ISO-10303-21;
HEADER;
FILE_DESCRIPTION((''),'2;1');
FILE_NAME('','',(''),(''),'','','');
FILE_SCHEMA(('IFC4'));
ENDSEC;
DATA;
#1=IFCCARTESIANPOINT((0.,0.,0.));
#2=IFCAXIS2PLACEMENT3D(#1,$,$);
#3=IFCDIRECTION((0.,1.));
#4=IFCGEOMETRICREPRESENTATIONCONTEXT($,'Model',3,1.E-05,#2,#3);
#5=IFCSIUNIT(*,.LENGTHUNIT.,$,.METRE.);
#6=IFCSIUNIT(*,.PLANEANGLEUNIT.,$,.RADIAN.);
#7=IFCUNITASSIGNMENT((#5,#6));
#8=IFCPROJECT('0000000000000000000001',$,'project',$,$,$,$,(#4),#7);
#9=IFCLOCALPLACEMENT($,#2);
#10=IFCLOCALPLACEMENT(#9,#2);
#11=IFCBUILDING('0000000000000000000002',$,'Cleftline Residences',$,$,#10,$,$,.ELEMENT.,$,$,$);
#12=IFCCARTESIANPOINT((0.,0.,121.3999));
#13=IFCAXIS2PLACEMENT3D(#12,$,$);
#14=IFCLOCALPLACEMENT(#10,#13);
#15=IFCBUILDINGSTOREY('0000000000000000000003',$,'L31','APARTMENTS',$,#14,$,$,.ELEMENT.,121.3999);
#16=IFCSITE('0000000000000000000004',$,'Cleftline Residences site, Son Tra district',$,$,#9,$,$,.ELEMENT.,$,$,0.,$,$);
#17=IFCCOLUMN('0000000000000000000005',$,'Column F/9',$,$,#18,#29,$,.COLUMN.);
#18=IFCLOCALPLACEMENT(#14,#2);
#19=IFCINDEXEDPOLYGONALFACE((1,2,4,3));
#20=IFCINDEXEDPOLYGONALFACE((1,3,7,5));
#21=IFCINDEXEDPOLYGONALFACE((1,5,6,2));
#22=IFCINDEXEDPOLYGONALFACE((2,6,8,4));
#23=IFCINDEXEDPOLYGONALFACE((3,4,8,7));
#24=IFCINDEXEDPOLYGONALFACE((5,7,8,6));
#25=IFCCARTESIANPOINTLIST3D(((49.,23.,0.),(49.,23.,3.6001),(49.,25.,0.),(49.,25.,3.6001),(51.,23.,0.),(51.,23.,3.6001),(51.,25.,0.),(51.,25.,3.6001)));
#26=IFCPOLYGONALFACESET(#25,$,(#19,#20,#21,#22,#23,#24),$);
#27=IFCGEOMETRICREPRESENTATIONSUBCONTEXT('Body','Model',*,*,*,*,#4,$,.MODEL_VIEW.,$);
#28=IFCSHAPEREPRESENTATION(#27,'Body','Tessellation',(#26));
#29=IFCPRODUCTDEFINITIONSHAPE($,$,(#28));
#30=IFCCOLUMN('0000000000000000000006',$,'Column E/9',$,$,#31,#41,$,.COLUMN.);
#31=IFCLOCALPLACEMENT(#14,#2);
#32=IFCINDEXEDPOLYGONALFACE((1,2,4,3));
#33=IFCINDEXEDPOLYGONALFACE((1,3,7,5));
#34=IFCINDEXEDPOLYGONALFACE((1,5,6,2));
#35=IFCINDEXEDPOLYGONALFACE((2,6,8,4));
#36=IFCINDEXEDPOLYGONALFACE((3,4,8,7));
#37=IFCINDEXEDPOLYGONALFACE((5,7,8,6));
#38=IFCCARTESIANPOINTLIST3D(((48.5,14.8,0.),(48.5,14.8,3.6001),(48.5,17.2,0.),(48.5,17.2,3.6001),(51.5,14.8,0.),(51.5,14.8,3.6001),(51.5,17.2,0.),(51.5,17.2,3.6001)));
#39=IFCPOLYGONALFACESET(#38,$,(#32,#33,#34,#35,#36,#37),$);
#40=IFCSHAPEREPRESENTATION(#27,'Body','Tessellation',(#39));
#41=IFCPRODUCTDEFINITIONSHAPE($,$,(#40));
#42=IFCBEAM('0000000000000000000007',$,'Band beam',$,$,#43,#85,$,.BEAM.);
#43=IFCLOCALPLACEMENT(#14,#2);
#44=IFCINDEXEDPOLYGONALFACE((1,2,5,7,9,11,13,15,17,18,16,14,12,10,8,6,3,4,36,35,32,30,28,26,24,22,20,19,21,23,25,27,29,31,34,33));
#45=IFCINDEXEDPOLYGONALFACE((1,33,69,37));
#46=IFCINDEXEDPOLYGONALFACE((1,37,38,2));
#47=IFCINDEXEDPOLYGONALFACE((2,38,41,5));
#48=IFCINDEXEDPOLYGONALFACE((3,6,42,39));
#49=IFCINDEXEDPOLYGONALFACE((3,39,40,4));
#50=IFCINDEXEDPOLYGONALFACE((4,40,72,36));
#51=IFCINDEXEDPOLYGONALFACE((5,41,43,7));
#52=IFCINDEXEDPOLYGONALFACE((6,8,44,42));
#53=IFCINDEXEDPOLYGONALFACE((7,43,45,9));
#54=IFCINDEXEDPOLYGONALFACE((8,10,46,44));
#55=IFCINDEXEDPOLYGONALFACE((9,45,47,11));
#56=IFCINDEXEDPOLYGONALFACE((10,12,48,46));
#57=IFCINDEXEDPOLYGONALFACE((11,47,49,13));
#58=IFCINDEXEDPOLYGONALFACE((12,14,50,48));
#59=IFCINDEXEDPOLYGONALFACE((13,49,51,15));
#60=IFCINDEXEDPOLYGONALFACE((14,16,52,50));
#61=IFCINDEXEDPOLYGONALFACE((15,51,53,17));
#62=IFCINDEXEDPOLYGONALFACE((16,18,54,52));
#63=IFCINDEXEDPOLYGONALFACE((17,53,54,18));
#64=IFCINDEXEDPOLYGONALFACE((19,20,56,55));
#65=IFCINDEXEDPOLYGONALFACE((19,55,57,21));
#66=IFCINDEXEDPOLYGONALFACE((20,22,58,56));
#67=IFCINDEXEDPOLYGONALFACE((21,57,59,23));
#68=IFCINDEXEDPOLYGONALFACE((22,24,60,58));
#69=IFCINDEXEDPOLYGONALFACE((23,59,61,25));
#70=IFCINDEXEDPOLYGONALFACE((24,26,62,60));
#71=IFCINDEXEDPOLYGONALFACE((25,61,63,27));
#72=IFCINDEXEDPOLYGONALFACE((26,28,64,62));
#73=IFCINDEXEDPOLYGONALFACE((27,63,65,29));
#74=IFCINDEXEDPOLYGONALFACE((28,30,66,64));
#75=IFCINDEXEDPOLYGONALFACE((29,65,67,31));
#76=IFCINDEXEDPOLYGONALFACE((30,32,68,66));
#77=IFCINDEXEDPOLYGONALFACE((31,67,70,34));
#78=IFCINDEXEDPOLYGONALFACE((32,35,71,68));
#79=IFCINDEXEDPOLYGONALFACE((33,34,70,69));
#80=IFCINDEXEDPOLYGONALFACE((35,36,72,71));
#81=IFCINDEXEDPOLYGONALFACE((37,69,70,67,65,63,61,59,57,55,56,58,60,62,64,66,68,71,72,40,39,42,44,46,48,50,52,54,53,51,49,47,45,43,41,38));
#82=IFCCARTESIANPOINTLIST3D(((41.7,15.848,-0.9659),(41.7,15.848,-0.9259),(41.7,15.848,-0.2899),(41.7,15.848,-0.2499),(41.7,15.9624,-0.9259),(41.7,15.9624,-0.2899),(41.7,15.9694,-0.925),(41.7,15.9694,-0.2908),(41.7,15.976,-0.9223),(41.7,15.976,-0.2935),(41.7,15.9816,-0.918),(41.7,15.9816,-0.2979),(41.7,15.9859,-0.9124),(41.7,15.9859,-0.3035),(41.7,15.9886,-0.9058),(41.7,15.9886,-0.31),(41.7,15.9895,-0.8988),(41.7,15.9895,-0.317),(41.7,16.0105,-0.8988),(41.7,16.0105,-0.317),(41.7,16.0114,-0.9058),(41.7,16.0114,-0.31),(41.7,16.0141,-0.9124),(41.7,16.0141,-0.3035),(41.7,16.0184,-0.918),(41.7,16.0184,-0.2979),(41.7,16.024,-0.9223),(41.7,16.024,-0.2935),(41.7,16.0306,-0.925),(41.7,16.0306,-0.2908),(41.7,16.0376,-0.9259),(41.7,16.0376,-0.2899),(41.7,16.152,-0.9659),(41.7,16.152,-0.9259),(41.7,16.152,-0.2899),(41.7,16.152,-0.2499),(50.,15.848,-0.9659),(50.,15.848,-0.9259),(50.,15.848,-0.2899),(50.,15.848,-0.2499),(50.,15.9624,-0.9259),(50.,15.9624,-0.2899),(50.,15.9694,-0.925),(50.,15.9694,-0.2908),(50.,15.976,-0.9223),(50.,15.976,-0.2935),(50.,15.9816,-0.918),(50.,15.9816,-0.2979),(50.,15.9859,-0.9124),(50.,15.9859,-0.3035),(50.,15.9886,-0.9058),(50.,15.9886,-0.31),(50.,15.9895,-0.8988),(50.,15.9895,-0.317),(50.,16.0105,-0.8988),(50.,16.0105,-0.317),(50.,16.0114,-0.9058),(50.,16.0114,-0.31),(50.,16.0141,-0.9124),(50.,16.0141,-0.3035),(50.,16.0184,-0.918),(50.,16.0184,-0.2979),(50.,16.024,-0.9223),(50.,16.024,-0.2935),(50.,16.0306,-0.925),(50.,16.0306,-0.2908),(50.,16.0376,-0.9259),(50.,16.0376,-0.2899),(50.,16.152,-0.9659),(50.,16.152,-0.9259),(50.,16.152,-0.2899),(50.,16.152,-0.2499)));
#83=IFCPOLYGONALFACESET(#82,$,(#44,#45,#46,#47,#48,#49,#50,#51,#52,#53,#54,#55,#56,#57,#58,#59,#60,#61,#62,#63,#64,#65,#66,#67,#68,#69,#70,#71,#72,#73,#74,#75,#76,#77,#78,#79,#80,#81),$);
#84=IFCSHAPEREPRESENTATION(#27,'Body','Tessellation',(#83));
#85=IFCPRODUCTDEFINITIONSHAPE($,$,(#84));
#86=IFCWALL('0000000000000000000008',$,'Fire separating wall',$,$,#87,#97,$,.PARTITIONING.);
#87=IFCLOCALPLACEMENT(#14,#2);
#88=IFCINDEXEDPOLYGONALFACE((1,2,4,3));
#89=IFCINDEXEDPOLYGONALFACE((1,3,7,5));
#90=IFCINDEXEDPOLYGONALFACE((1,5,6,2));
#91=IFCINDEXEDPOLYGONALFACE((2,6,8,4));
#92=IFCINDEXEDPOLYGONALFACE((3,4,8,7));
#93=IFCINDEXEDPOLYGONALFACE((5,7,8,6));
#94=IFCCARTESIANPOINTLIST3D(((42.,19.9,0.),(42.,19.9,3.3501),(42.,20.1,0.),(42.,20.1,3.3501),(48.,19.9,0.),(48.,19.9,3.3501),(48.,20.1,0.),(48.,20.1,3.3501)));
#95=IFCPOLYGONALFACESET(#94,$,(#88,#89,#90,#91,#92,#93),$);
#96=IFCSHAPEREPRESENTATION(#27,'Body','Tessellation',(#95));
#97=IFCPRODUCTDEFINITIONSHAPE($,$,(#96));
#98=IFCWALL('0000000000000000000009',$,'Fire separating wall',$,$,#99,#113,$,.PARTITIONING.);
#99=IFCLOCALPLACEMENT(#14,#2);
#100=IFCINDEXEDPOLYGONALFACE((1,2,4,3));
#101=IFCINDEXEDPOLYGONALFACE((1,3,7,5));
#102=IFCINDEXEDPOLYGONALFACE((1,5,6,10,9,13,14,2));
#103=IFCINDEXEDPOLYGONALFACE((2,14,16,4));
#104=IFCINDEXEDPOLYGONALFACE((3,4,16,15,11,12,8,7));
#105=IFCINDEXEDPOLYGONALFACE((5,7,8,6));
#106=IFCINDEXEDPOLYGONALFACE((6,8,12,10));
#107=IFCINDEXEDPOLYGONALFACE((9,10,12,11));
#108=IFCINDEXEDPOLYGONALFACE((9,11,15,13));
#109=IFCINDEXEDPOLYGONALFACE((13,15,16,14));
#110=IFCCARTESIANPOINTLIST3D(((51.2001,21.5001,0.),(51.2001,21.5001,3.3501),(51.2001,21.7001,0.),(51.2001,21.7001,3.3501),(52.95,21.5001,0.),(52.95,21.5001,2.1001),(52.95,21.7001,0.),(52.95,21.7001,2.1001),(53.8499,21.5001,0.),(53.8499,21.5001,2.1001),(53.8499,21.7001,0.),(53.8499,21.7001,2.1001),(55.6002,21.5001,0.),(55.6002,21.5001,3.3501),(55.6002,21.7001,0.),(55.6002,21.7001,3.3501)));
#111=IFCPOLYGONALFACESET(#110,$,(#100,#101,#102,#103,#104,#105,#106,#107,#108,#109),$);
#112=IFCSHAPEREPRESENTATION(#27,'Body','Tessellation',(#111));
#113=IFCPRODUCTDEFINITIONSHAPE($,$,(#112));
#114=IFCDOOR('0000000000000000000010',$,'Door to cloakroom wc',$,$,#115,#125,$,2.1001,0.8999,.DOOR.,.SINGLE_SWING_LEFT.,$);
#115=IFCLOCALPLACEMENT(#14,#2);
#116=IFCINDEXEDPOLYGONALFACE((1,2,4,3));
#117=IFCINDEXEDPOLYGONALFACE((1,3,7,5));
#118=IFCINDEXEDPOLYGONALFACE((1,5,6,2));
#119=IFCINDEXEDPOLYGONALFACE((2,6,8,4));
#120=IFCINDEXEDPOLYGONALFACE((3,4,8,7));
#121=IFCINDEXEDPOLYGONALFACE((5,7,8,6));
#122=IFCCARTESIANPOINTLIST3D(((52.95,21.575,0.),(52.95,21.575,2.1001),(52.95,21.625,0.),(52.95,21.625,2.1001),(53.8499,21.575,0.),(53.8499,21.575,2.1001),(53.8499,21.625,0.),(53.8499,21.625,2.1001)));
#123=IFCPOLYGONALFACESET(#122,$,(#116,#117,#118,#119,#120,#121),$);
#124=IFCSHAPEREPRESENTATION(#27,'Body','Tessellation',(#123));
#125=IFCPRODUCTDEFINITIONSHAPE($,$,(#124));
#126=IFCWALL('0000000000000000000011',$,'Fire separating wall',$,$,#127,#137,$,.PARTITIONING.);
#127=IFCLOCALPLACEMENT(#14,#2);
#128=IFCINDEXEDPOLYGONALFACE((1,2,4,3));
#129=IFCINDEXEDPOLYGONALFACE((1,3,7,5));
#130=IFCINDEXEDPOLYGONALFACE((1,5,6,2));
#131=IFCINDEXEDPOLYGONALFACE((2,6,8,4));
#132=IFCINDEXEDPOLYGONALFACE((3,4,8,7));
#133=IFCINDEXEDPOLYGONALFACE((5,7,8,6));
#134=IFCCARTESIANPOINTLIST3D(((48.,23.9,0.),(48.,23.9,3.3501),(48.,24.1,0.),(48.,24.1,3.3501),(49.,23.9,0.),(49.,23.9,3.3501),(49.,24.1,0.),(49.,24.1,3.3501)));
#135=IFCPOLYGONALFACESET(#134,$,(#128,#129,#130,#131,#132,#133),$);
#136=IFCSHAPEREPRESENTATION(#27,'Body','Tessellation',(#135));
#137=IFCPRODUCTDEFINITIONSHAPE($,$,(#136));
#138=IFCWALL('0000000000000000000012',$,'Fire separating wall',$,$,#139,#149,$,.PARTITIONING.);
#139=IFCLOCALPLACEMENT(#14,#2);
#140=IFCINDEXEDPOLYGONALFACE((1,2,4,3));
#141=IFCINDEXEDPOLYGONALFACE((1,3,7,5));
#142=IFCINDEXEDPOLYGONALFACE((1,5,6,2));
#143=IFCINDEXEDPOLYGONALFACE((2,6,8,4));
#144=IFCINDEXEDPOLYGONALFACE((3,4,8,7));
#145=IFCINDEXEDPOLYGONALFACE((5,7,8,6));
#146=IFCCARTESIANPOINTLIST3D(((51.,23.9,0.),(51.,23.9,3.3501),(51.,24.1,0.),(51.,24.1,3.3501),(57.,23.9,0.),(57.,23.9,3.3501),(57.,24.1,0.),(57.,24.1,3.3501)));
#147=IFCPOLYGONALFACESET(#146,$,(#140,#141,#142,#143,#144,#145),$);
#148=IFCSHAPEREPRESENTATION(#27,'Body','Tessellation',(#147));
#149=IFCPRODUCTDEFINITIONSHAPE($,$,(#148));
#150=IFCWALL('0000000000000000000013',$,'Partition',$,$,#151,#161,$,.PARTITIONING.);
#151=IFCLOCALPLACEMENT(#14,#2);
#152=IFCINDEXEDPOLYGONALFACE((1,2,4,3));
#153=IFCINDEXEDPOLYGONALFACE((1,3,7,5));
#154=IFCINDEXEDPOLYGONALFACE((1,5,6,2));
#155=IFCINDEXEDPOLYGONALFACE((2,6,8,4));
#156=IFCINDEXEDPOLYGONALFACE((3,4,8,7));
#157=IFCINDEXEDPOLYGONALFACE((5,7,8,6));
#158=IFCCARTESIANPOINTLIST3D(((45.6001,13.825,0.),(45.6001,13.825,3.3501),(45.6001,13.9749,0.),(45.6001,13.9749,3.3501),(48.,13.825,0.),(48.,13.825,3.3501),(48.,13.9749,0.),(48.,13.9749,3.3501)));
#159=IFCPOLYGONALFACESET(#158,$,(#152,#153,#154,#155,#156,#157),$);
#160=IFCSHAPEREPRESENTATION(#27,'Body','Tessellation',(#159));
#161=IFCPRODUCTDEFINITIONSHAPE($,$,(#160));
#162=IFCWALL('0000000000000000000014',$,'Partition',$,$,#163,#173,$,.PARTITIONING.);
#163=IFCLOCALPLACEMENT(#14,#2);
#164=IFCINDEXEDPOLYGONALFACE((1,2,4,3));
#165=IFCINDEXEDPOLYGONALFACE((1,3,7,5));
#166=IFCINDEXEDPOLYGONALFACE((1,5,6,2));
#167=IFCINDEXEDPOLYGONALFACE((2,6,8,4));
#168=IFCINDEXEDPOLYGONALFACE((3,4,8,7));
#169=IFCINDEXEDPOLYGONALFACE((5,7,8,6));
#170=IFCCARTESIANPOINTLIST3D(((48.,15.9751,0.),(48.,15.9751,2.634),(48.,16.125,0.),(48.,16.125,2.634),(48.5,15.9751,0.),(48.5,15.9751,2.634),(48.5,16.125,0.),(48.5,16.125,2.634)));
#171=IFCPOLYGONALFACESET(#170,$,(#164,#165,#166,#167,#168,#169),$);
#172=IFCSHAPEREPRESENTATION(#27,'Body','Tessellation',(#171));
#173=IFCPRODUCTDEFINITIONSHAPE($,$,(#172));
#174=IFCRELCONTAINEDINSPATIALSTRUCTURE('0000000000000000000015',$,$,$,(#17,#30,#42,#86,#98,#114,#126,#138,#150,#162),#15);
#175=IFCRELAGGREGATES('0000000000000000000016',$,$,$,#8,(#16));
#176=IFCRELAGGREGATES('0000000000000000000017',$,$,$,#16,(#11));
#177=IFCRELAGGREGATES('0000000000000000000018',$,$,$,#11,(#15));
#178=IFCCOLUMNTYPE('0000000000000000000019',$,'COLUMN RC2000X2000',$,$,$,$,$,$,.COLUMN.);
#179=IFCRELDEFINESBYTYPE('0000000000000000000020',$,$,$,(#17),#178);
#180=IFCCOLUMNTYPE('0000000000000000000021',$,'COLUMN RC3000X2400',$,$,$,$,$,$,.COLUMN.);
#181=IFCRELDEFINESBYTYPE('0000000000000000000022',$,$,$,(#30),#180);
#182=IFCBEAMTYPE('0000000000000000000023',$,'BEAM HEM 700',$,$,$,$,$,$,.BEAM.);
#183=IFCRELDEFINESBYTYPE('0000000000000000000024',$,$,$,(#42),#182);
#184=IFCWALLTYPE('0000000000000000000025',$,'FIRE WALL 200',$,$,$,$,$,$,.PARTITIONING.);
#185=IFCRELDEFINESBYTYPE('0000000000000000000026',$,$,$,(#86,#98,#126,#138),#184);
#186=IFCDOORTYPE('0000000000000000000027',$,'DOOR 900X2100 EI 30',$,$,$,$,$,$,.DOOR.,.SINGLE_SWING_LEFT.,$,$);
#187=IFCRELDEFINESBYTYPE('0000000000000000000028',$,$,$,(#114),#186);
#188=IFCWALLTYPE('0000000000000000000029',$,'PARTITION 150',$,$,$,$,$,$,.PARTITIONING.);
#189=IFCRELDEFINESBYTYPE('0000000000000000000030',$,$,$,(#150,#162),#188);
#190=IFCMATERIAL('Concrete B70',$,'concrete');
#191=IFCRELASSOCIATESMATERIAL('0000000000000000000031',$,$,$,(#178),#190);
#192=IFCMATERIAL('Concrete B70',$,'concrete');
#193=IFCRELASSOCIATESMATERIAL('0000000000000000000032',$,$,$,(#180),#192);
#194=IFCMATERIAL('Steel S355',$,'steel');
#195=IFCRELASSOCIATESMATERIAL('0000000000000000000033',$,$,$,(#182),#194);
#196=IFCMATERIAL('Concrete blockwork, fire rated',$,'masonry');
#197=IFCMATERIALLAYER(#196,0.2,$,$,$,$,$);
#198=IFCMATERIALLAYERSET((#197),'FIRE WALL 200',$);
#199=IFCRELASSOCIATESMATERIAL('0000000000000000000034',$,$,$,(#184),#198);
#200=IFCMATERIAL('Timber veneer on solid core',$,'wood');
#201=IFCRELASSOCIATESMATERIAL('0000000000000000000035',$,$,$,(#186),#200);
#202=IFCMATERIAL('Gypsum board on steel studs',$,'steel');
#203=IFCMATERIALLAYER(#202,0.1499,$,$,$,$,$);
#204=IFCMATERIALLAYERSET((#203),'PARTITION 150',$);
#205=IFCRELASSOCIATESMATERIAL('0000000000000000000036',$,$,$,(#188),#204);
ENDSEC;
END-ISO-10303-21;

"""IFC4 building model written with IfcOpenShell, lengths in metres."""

from ifc_helpers import new_model, si_unit, direction, frame, frame_2d, origin, origin_2d, place, context, subcontext, project, spatial, rectangle, i_section, extrude, material, layer, layer_set, material_profile, profile_set, type_object, element, fill, save


model = new_model("IFC4")

# Units and contexts
model_context = context("Model", 3, precision=1e-05, world=origin(), true_north=direction((0.0, 1.0)))
body_context = subcontext(model_context, "Body", "Model", "MODEL_VIEW")
ifc_project = project(units=[si_unit("LENGTHUNIT", "METRE"), si_unit("PLANEANGLEUNIT", "RADIAN")], contexts=[model_context])

# Site, building, storey
site_placement = place(None, origin())
site = spatial("IfcSite", under=ifc_project, at=site_placement, Name="Cleftline Residences site, Son Tra district", CompositionType="ELEMENT", RefElevation=0.0)
building_placement = place(site_placement, origin())
building = spatial("IfcBuilding", under=site, at=building_placement, Name="Cleftline Residences", CompositionType="ELEMENT")
storey_placement = place(building_placement, frame((0.0, 0.0, 121.3999)))
storey = spatial("IfcBuildingStorey", under=building, at=storey_placement, Name="L31", Description="APARTMENTS", CompositionType="ELEMENT", Elevation=121.3999)

# Columns
ifc_material_1 = material(Name="Concrete B70", Category="concrete")
ifc_material_profile_1 = material_profile(ifc_material_1, rectangle(XDim=2.0, YDim=2.0, at=origin_2d()))
ifc_profile_set_1 = profile_set([ifc_material_profile_1], Name="Concrete B70")
column_type_1 = type_object("IfcColumnType", Name="COLUMN RC2000X2000", PredefinedType="COLUMN", material=ifc_profile_set_1)
column_1_placement = place(storey_placement, frame((50.0, 24.0, 0.0), z_axis=(0.0, 0.0, 1.0), x_axis=(1.0, 0.0, 0.0)))
element("IfcColumn", 1, at=column_1_placement, inside=storey, type_object=column_type_1, Name="Column F/9", PredefinedType="COLUMN", context=body_context, shape_type="SweptSolid", body=[
    extrude(rectangle(XDim=2.0, YDim=2.0, at=origin_2d()), origin(), (0.0, 0.0, 1.0), 3.6001),
])
ifc_material_2 = material(Name="Concrete B70", Category="concrete")
ifc_material_profile_2 = material_profile(ifc_material_2, rectangle(XDim=3.0, YDim=2.3999, at=origin_2d()))
ifc_profile_set_2 = profile_set([ifc_material_profile_2], Name="Concrete B70")
column_type_2 = type_object("IfcColumnType", Name="COLUMN RC3000X2400", PredefinedType="COLUMN", material=ifc_profile_set_2)
column_2_placement = place(storey_placement, frame((50.0, 16.0, 0.0), z_axis=(0.0, 0.0, 1.0), x_axis=(1.0, 0.0, 0.0)))
element("IfcColumn", 2, at=column_2_placement, inside=storey, type_object=column_type_2, Name="Column E/9", PredefinedType="COLUMN", context=body_context, shape_type="SweptSolid", body=[
    extrude(rectangle(XDim=3.0, YDim=2.3999, at=origin_2d()), origin(), (0.0, 0.0, 1.0), 3.6001),
])

# Beam
ifc_material_3 = material(Name="Steel S355", Category="steel")
ifc_material_profile_3 = material_profile(ifc_material_3, i_section(OverallWidth=0.304, OverallDepth=0.7161, WebThickness=0.021, FlangeThickness=0.04, FilletRadius=0.0271, at=origin_2d()))
ifc_profile_set_3 = profile_set([ifc_material_profile_3], Name="Steel S355")
beam_type = type_object("IfcBeamType", Name="BEAM HEM 700", PredefinedType="BEAM", material=ifc_profile_set_3)
beam_placement = place(storey_placement, frame((50.0, 16.0, -0.6079), z_axis=(-1.0, 0.0, 0.0), x_axis=(0.0, -1.0, 0.0)))
element("IfcBeam", 3, at=beam_placement, inside=storey, type_object=beam_type, Name="Band beam", PredefinedType="BEAM", context=body_context, shape_type="SweptSolid", body=[
    extrude(i_section(OverallWidth=0.304, OverallDepth=0.7161, WebThickness=0.021, FlangeThickness=0.04, FilletRadius=0.0271, at=origin_2d()), origin(), (0.0, 0.0, 1.0), 8.3),
])

# Wall
ifc_material_4 = material(Name="Concrete blockwork, fire rated", Category="masonry")
ifc_layer_1 = layer(ifc_material_4, 0.2)
ifc_layer_set_1 = layer_set([ifc_layer_1], Name="FIRE WALL 200")
wall_type_1 = type_object("IfcWallType", Name="FIRE WALL 200", PredefinedType="PARTITIONING", material=ifc_layer_set_1)
wall_1_placement = place(storey_placement, frame((42.0, 20.0, 0.0), z_axis=(0.0, 0.0, 1.0), x_axis=(1.0, 0.0, 0.0)))
element("IfcWall", 4, at=wall_1_placement, inside=storey, type_object=wall_type_1, Name="Fire separating wall", PredefinedType="PARTITIONING", context=body_context, shape_type="SweptSolid", body=[
    extrude(rectangle(XDim=6.0, YDim=0.2, at=frame_2d((3.0, 0.0))), origin(), (0.0, 0.0, 1.0), 3.3501),
])

# Wall, opening, door
wall_2_placement = place(storey_placement, frame((51.2, 21.6001, 0.0), z_axis=(0.0, 0.0, 1.0), x_axis=(1.0, 0.0, 0.0)))
wall_2 = element("IfcWall", 5, at=wall_2_placement, inside=storey, type_object=wall_type_1, Name="Fire separating wall", PredefinedType="PARTITIONING", context=body_context, shape_type="SweptSolid", body=[
    extrude(rectangle(XDim=4.4001, YDim=0.2, at=frame_2d((2.2002, 0.0))), origin(), (0.0, 0.0, 1.0), 3.3501),
])
opening_1_placement = place(wall_2_placement, frame((1.75, 0.0, 0.0)))
opening_1 = element("IfcOpeningElement", 6, at=opening_1_placement, cuts=wall_2, PredefinedType="OPENING", context=body_context, shape_type="SweptSolid", body=[
    extrude(rectangle(XDim=0.8999, YDim=2.1001, at=frame_2d((0.45, 1.05))), frame((0.0, 0.1099, 0.0), z_axis=(0.0, -1.0, 0.0), x_axis=(1.0, 0.0, 0.0)), (0.0, 0.0, 1.0), 0.22),
])
ifc_material_5 = material(Name="Timber veneer on solid core", Category="wood")
door_type_1 = type_object("IfcDoorType", Name="DOOR 900X2100 EI 30", OperationType="SINGLE_SWING_LEFT", PredefinedType="DOOR", material=ifc_material_5)
door_1_placement = place(opening_1_placement, origin())
door_1 = element("IfcDoor", 7, at=door_1_placement, inside=storey, type_object=door_type_1, Name="Door to cloakroom wc", OperationType="SINGLE_SWING_LEFT", OverallHeight=2.1001, OverallWidth=0.8999, PredefinedType="DOOR", context=body_context, shape_type="SweptSolid", body=[
    extrude(rectangle(XDim=0.8999, YDim=2.1001, at=frame_2d((0.45, 1.05))), frame((0.0, 0.0249, 0.0), z_axis=(0.0, -1.0, 0.0), x_axis=(1.0, 0.0, 0.0)), (0.0, 0.0, 1.0), 0.05),
])
fill(opening_1, door_1)

# Walls
wall_3_placement = place(storey_placement, frame((48.0, 24.0, 0.0), z_axis=(0.0, 0.0, 1.0), x_axis=(1.0, 0.0, 0.0)))
element("IfcWall", 8, at=wall_3_placement, inside=storey, type_object=wall_type_1, Name="Fire separating wall", PredefinedType="PARTITIONING", context=body_context, shape_type="SweptSolid", body=[
    extrude(rectangle(XDim=1.0, YDim=0.2, at=frame_2d((0.5, 0.0))), origin(), (0.0, 0.0, 1.0), 3.3501),
])
wall_4_placement = place(storey_placement, frame((51.0, 24.0, 0.0), z_axis=(0.0, 0.0, 1.0), x_axis=(1.0, 0.0, 0.0)))
element("IfcWall", 9, at=wall_4_placement, inside=storey, type_object=wall_type_1, Name="Fire separating wall", PredefinedType="PARTITIONING", context=body_context, shape_type="SweptSolid", body=[
    extrude(rectangle(XDim=6.0, YDim=0.2, at=frame_2d((3.0, 0.0))), origin(), (0.0, 0.0, 1.0), 3.3501),
])

# Walls
ifc_material_6 = material(Name="Gypsum board on steel studs", Category="steel")
ifc_layer_2 = layer(ifc_material_6, 0.1499)
ifc_layer_set_2 = layer_set([ifc_layer_2], Name="PARTITION 150")
wall_type_2 = type_object("IfcWallType", Name="PARTITION 150", PredefinedType="PARTITIONING", material=ifc_layer_set_2)
wall_5_placement = place(storey_placement, frame((45.6001, 13.8999, 0.0), z_axis=(0.0, 0.0, 1.0), x_axis=(1.0, 0.0, 0.0)))
element("IfcWall", 10, at=wall_5_placement, inside=storey, type_object=wall_type_2, Name="Partition", PredefinedType="PARTITIONING", context=body_context, shape_type="SweptSolid", body=[
    extrude(rectangle(XDim=2.3999, YDim=0.1499, at=frame_2d((1.2, 0.0))), origin(), (0.0, 0.0, 1.0), 3.3501),
])
wall_6_placement = place(storey_placement, frame((48.0, 16.05, 0.0), z_axis=(0.0, 0.0, 1.0), x_axis=(1.0, 0.0, 0.0)))
element("IfcWall", 11, at=wall_6_placement, inside=storey, type_object=wall_type_2, Name="Partition", PredefinedType="PARTITIONING", context=body_context, shape_type="SweptSolid", body=[
    extrude(rectangle(XDim=0.5, YDim=0.1499, at=frame_2d((0.25, 0.0))), origin(), (0.0, 0.0, 1.0), 2.634),
])

save(model, "model.ifc")
